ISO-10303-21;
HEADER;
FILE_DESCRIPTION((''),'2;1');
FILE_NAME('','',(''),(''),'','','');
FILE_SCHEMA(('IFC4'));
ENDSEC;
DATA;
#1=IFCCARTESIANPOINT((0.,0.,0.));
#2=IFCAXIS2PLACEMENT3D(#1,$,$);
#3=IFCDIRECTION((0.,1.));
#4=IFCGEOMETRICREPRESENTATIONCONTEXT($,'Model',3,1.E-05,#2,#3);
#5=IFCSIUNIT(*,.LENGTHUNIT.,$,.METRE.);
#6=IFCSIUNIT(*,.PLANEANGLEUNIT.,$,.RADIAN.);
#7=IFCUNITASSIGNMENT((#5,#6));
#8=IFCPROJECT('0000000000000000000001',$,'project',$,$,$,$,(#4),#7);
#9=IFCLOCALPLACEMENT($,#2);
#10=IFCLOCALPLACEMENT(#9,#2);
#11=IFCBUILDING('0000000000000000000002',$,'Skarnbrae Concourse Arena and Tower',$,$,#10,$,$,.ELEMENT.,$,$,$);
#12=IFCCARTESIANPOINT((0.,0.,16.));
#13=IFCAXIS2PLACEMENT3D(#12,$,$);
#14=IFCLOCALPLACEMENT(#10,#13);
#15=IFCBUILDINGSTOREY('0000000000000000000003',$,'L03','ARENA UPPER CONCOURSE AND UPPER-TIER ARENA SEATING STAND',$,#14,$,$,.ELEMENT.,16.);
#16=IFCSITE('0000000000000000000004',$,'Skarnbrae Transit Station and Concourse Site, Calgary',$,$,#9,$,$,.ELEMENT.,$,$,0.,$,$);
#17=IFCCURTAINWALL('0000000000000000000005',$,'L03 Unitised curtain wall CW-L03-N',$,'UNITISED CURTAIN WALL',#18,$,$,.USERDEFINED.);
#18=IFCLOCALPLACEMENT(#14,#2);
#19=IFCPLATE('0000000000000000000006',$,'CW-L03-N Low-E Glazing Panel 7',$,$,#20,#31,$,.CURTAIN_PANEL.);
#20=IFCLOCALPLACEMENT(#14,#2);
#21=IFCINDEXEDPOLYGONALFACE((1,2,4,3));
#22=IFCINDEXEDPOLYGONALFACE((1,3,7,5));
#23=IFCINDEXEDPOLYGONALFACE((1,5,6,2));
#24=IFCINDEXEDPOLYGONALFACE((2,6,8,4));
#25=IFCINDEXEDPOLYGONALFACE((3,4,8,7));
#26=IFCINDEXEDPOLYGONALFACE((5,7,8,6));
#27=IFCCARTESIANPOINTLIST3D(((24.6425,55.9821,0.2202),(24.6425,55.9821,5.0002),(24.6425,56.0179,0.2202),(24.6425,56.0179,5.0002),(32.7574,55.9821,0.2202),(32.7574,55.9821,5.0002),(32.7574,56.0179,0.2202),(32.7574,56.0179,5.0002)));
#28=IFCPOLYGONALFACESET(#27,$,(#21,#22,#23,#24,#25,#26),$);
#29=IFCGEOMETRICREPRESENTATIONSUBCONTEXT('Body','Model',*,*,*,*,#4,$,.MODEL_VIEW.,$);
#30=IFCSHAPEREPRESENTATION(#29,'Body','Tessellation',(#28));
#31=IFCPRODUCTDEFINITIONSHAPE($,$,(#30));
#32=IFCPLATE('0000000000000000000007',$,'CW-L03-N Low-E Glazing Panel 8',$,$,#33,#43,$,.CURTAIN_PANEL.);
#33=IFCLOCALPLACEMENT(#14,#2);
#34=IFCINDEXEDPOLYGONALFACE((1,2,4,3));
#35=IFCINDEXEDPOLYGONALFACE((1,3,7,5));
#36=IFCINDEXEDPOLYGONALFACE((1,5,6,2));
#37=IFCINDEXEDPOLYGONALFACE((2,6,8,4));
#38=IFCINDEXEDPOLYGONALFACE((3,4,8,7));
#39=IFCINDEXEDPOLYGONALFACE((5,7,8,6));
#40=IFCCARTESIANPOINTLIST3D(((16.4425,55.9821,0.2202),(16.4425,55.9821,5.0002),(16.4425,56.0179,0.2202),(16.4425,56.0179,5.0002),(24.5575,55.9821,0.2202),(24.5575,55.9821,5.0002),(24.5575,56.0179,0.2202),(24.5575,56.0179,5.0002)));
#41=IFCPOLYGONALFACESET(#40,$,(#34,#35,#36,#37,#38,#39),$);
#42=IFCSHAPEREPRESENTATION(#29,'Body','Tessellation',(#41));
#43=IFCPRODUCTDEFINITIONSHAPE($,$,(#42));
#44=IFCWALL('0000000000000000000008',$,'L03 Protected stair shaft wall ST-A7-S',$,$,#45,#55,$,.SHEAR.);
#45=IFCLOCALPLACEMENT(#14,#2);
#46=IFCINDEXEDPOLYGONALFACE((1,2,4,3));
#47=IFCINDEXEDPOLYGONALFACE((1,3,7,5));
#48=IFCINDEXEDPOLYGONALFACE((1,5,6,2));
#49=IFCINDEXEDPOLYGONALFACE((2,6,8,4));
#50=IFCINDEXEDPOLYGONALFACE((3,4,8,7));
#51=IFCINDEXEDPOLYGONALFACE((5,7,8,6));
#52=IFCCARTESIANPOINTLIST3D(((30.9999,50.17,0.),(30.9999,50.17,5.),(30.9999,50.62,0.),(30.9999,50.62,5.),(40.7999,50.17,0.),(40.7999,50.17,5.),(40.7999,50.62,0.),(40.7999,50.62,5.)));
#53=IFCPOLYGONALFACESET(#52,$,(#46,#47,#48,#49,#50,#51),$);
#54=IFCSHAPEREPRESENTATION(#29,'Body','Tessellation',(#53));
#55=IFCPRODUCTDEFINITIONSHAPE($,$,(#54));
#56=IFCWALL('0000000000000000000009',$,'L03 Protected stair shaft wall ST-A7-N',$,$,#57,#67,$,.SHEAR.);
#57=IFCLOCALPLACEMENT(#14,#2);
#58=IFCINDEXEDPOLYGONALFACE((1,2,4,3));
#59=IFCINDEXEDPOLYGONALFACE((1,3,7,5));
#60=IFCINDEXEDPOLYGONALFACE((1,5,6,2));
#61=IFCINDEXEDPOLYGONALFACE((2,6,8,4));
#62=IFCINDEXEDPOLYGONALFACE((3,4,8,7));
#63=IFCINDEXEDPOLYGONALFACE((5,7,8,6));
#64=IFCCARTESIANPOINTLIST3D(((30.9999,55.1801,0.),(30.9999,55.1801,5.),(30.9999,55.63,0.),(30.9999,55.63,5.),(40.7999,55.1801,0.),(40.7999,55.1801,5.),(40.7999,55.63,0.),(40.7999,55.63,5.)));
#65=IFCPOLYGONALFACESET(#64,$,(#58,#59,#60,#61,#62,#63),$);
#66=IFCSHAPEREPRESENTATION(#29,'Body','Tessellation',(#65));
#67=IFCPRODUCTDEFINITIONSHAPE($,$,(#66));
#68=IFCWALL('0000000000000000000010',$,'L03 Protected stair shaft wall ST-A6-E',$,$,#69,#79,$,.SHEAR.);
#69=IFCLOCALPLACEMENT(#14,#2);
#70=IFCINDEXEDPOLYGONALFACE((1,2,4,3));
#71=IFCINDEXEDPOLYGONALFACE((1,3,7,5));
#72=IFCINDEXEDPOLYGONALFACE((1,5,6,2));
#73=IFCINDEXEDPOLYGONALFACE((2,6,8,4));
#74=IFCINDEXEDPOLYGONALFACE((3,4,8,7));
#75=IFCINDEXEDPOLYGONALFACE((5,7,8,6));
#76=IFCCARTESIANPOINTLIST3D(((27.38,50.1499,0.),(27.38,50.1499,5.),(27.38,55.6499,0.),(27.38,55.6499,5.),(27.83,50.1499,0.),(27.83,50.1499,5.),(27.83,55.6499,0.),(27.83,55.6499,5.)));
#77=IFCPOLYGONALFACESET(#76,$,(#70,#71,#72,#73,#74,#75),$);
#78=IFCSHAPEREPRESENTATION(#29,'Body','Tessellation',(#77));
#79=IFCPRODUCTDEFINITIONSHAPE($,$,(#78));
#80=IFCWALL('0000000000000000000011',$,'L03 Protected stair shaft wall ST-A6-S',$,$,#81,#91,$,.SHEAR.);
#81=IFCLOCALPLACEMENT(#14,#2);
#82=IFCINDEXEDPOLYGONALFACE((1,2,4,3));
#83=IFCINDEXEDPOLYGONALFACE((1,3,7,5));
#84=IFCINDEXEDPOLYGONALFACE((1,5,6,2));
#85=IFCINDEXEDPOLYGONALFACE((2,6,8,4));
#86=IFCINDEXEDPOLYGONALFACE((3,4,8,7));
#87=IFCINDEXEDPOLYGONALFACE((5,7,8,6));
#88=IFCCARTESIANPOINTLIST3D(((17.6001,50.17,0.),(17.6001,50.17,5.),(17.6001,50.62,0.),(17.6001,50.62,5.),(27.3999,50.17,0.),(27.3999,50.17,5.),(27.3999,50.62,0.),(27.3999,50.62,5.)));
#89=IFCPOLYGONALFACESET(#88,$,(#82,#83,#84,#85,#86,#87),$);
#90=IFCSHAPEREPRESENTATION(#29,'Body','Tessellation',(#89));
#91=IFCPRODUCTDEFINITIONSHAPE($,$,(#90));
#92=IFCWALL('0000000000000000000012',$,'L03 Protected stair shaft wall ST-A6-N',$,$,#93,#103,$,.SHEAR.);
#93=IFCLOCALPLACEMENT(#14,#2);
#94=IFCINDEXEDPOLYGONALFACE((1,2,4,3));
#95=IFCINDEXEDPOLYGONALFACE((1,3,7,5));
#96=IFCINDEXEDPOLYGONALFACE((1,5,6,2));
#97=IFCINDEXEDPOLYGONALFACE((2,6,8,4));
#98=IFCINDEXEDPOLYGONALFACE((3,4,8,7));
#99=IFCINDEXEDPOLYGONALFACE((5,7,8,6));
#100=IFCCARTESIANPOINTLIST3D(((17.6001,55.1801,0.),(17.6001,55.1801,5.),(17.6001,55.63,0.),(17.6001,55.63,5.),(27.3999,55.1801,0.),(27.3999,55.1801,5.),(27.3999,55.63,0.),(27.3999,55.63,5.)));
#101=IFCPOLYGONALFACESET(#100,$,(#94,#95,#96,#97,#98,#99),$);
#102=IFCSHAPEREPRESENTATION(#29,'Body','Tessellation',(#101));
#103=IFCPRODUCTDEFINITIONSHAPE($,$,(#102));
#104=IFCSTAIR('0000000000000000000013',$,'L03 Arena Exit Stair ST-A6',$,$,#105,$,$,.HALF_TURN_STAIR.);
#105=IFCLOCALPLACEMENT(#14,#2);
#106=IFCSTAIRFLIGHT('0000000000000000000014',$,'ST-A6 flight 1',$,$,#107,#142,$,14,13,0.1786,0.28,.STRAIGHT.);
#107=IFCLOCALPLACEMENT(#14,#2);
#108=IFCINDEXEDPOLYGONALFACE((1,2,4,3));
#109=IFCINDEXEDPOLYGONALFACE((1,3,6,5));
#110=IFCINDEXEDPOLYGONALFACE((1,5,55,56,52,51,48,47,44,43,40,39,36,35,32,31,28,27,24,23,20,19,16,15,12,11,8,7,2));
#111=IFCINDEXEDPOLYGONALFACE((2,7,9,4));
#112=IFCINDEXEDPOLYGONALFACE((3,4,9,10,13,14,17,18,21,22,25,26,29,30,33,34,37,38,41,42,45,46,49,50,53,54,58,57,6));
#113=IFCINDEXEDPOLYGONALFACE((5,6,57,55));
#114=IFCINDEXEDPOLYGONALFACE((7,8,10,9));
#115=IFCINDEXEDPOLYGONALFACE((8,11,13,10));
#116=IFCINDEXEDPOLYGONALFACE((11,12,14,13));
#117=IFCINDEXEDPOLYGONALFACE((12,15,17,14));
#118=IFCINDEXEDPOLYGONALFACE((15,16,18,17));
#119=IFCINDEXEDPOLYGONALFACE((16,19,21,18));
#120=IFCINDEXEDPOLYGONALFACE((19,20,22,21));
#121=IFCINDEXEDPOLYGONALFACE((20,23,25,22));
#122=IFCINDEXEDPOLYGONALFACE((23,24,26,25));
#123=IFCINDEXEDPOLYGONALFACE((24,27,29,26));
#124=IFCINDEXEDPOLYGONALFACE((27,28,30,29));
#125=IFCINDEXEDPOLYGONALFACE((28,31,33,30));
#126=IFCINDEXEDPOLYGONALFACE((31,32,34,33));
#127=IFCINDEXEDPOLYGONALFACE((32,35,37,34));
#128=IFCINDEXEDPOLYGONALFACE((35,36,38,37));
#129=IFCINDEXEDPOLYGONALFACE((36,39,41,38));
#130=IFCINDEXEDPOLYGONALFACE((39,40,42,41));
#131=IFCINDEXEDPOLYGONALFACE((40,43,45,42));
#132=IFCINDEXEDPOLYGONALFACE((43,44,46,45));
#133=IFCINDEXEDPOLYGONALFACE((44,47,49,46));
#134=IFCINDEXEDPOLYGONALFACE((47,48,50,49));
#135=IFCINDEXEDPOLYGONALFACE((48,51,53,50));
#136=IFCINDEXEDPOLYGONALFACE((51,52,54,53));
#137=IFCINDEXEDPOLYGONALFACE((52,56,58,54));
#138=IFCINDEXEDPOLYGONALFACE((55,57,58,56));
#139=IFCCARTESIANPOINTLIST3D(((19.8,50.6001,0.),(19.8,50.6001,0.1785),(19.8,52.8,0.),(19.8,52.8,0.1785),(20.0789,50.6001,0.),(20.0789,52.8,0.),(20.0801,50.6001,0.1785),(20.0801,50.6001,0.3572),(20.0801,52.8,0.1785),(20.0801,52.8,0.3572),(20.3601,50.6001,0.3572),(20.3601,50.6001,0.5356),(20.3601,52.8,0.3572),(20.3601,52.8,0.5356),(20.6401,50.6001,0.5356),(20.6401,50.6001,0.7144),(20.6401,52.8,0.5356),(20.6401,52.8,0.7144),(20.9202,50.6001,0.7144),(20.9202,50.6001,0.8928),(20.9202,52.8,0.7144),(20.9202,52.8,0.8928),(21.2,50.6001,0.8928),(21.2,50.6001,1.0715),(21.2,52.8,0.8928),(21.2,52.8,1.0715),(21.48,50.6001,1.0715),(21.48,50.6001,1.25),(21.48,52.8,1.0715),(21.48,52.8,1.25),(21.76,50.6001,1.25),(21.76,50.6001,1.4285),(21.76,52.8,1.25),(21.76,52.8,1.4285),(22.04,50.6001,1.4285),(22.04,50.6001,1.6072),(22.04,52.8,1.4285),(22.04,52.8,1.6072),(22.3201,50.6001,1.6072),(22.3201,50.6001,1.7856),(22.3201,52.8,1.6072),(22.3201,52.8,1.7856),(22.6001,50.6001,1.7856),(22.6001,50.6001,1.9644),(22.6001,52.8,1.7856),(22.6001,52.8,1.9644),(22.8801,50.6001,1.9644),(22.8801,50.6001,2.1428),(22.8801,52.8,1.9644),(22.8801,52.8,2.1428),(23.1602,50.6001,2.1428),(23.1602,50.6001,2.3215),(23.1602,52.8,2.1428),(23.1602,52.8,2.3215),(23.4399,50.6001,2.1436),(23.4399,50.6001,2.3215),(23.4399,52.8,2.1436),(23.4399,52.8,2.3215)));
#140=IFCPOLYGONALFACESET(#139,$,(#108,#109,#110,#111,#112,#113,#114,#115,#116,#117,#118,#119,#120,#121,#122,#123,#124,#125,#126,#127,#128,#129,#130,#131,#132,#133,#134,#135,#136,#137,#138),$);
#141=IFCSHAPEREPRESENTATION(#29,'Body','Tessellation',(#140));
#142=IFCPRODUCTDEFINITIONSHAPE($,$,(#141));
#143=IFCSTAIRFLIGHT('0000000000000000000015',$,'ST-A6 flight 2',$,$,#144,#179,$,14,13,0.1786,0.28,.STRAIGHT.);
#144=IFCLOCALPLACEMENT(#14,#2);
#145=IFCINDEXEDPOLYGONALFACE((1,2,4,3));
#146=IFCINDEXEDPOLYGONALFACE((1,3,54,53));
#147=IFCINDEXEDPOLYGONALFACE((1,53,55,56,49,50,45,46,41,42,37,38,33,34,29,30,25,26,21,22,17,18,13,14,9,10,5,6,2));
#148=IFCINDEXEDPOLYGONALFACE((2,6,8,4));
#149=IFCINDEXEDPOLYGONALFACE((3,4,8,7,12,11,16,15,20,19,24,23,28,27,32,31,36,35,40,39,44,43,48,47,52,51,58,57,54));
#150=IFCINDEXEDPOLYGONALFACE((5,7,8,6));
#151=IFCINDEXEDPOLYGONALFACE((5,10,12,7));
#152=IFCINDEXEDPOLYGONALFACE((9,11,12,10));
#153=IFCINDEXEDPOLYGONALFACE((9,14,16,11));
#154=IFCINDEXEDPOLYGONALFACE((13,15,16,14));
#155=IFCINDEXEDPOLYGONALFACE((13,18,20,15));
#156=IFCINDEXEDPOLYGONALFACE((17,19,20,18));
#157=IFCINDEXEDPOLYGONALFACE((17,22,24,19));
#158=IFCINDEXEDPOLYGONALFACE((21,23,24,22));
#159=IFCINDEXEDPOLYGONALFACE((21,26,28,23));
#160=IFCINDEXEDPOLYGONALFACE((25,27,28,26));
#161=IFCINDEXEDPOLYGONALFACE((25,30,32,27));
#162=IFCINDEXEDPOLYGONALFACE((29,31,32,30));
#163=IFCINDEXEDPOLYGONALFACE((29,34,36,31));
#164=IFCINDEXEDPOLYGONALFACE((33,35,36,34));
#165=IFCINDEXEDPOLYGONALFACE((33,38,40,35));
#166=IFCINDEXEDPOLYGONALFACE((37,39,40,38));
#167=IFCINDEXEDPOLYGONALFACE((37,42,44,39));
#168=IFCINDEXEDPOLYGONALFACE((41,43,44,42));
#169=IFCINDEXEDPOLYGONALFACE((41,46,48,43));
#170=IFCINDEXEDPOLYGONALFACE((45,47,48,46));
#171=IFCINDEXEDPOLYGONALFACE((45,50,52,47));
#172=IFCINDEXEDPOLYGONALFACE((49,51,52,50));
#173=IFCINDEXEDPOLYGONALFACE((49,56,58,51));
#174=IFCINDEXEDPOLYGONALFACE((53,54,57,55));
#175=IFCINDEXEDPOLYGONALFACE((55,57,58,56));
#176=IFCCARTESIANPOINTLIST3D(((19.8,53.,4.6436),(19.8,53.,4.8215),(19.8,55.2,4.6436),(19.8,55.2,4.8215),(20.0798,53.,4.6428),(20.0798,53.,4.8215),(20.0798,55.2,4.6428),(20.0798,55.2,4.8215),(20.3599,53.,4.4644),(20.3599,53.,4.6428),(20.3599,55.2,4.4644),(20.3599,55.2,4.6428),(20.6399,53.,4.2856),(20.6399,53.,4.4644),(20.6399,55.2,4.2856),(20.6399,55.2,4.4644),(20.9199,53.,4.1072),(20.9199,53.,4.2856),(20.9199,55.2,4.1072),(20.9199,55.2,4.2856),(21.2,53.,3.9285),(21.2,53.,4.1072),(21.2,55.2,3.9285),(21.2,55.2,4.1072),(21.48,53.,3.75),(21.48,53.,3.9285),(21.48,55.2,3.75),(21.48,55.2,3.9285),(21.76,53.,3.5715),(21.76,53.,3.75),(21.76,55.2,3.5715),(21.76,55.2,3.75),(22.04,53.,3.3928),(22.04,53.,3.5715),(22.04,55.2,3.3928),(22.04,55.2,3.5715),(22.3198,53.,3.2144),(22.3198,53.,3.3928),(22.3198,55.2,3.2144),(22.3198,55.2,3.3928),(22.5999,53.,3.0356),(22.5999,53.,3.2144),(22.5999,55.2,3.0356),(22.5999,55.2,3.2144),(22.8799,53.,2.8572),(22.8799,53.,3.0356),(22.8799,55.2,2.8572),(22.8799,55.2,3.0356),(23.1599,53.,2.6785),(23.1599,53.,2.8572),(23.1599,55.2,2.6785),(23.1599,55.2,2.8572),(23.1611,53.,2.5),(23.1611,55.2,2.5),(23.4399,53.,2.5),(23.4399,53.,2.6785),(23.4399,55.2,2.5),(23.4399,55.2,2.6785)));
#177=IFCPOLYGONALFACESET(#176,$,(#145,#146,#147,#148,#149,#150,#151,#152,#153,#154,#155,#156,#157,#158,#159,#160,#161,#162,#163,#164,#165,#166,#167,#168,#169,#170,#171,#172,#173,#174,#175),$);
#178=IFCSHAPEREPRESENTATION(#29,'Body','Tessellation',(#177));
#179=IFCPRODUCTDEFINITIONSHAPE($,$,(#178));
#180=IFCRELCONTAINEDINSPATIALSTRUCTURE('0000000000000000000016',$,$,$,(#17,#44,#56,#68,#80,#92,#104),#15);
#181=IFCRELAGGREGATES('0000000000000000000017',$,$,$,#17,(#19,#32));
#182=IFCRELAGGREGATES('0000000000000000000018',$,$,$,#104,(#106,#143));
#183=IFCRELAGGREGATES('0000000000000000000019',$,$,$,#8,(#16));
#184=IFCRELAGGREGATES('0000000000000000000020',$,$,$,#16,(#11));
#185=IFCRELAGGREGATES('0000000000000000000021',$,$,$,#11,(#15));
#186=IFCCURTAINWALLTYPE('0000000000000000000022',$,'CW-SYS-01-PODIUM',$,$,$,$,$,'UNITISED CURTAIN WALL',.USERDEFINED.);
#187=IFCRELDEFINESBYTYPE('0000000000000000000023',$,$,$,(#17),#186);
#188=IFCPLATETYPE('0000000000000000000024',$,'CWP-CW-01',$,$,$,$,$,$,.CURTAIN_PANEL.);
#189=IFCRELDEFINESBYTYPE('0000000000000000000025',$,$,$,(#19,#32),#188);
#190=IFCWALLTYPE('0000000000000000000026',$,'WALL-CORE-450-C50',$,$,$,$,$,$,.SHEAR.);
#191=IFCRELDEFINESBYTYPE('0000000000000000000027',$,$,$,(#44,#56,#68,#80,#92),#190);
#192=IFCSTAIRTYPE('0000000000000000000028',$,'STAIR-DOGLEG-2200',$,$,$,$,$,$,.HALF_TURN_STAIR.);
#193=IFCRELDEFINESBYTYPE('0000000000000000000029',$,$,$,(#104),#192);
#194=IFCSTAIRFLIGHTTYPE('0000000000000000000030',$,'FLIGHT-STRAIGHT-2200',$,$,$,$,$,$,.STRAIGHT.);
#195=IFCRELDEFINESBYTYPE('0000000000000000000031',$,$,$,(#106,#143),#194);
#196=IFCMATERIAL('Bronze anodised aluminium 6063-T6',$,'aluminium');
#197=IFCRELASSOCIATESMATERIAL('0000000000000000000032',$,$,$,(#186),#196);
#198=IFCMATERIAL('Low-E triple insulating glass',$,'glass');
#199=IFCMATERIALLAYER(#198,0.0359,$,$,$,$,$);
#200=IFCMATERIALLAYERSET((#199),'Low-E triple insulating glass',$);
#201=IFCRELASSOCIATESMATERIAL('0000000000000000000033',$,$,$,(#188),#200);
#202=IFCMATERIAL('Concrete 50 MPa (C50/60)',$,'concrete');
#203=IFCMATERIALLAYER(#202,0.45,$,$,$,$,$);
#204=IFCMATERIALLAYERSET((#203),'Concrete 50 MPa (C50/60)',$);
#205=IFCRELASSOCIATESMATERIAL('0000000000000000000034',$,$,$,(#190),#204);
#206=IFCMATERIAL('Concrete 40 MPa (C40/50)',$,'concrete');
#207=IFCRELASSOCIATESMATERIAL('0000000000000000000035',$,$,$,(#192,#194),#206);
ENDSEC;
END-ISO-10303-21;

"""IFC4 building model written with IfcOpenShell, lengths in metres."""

from ifc_helpers import new_model, si_unit, direction, frame, frame_2d, origin, origin_2d, place, context, subcontext, project, spatial, polyline, rectangle, outline, extrude, source, transform, mapped, material, layer, layer_set, type_object, element, aggregate, save


model = new_model("IFC4")

# Units and contexts
model_context = context("Model", 3, precision=1e-05, world=origin(), true_north=direction((0.0, 1.0)))
body_context = subcontext(model_context, "Body", "Model", "MODEL_VIEW")
ifc_project = project(units=[si_unit("LENGTHUNIT", "METRE"), si_unit("PLANEANGLEUNIT", "RADIAN")], contexts=[model_context])

# Site, building, storey
site_placement = place(None, origin())
site = spatial("IfcSite", under=ifc_project, at=site_placement, Name="Skarnbrae Transit Station and Concourse Site, Calgary", CompositionType="ELEMENT", RefElevation=0.0)
building_placement = place(site_placement, origin())
building = spatial("IfcBuilding", under=site, at=building_placement, Name="Skarnbrae Concourse Arena and Tower", CompositionType="ELEMENT")
storey_placement = place(building_placement, frame((0.0, 0.0, 16.0)))
storey = spatial("IfcBuildingStorey", under=building, at=storey_placement, Name="L03", Description="ARENA UPPER CONCOURSE AND UPPER-TIER ARENA SEATING STAND", CompositionType="ELEMENT", Elevation=16.0)

# Curtain wall
ifc_material_1 = material(Name="Bronze anodised aluminium 6063-T6", Category="aluminium")
curtain_wall_type = type_object("IfcCurtainWallType", Name="CW-SYS-01-PODIUM", ElementType="UNITISED CURTAIN WALL", PredefinedType="USERDEFINED", material=ifc_material_1)
curtain_wall_placement = place(storey_placement, origin())
curtain_wall = element("IfcCurtainWall", 1, at=curtain_wall_placement, inside=storey, type_object=curtain_wall_type, Name="L03 Unitised curtain wall CW-L03-N", ObjectType="UNITISED CURTAIN WALL", PredefinedType="USERDEFINED")

# Plates
ifc_material_2 = material(Name="Low-E triple insulating glass", Category="glass")
ifc_layer_1 = layer(ifc_material_2, 0.0359)
ifc_layer_set_1 = layer_set([ifc_layer_1], Name="Low-E triple insulating glass")
plate_type = type_object("IfcPlateType", Name="CWP-CW-01", PredefinedType="CURTAIN_PANEL", material=ifc_layer_set_1)
shared_shape_1 = source(origin(), body_context, "Body", "SweptSolid", [
    extrude(rectangle(XDim=8.115, YDim=0.0359, at=origin_2d()), origin(), (0.0, 0.0, 1.0), 4.78),
])
plate_1_placement = place(storey_placement, frame((28.7, 56.0, 0.2202), z_axis=(0.0, 0.0, 1.0), x_axis=(-1.0, 0.0, 0.0)))
plate_1 = element("IfcPlate", 2, at=plate_1_placement, type_object=plate_type, Name="CW-L03-N Low-E Glazing Panel 7", PredefinedType="CURTAIN_PANEL", context=body_context, shape_type="MappedRepresentation", body=[
    mapped(shared_shape_1, transform((0.0, 0.0, 0.0))),
])
plate_2_placement = place(storey_placement, frame((20.5, 56.0, 0.2202), z_axis=(0.0, 0.0, 1.0), x_axis=(-1.0, 0.0, 0.0)))
plate_2 = element("IfcPlate", 3, at=plate_2_placement, type_object=plate_type, Name="CW-L03-N Low-E Glazing Panel 8", PredefinedType="CURTAIN_PANEL", context=body_context, shape_type="MappedRepresentation", body=[
    mapped(shared_shape_1, transform((0.0, 0.0, 0.0))),
])
aggregate(curtain_wall, [plate_1, plate_2])

# Walls
ifc_material_3 = material(Name="Concrete 50 MPa (C50/60)", Category="concrete")
ifc_layer_2 = layer(ifc_material_3, 0.45)
ifc_layer_set_2 = layer_set([ifc_layer_2], Name="Concrete 50 MPa (C50/60)")
wall_type_1 = type_object("IfcWallType", Name="WALL-CORE-450-C50", PredefinedType="SHEAR", material=ifc_layer_set_2)
shared_shape_2 = source(origin(), body_context, "Body", "SweptSolid", [
    extrude(rectangle(XDim=9.8, YDim=0.45, at=frame_2d((4.8999, 0.0))), origin(), (0.0, 0.0, 1.0), 5.0),
])
for number, where, z_axis, x_axis, name in (
    (4, (31.0, 50.395, 0.0), (0.0, 0.0, 1.0), (1.0, 0.0, 0.0), "L03 Protected stair shaft wall ST-A7-S"),
    (5, (31.0, 55.405, 0.0), (0.0, 0.0, 1.0), (1.0, 0.0, 0.0), "L03 Protected stair shaft wall ST-A7-N"),
):
    element("IfcWall", number, at=place(storey_placement, frame(where, z_axis=z_axis, x_axis=x_axis)), inside=storey, type_object=wall_type_1, Name=name, PredefinedType="SHEAR", context=body_context, shape_type="MappedRepresentation", body=[
        mapped(shared_shape_2, transform((0.0, 0.0, 0.0))),
    ])

# Shared definitions
shared_shape_3 = source(origin(), body_context, "Body", "SweptSolid", [
    extrude(rectangle(XDim=5.5, YDim=0.45, at=frame_2d((2.75, 0.0))), origin(), (0.0, 0.0, 1.0), 5.0),
])

# Wall
wall_1_placement = place(storey_placement, frame((27.605, 50.1499, 0.0), z_axis=(0.0, 0.0, 1.0), x_axis=(0.0, 1.0, 0.0)))
element("IfcWall", 6, at=wall_1_placement, inside=storey, type_object=wall_type_1, Name="L03 Protected stair shaft wall ST-A6-E", PredefinedType="SHEAR", context=body_context, shape_type="MappedRepresentation", body=[
    mapped(shared_shape_3, transform((0.0, 0.0, 0.0))),
])

# Walls
shared_shape_4 = source(origin(), body_context, "Body", "SweptSolid", [
    extrude(rectangle(XDim=9.7998, YDim=0.45, at=frame_2d((4.8999, 0.0))), origin(), (0.0, 0.0, 1.0), 5.0),
])
for number, where, z_axis, x_axis, name in (
    (7, (17.6001, 50.395, 0.0), (0.0, 0.0, 1.0), (1.0, 0.0, 0.0), "L03 Protected stair shaft wall ST-A6-S"),
    (8, (17.6001, 55.405, 0.0), (0.0, 0.0, 1.0), (1.0, 0.0, 0.0), "L03 Protected stair shaft wall ST-A6-N"),
):
    element("IfcWall", number, at=place(storey_placement, frame(where, z_axis=z_axis, x_axis=x_axis)), inside=storey, type_object=wall_type_1, Name=name, PredefinedType="SHEAR", context=body_context, shape_type="MappedRepresentation", body=[
        mapped(shared_shape_4, transform((0.0, 0.0, 0.0))),
    ])

# Stair, stair flights
ifc_material_4 = material(Name="Concrete 40 MPa (C40/50)", Category="concrete")
stair_type = type_object("IfcStairType", Name="STAIR-DOGLEG-2200", PredefinedType="HALF_TURN_STAIR", material=ifc_material_4)
stair_placement = place(storey_placement, origin())
stair = element("IfcStair", 9, at=stair_placement, inside=storey, type_object=stair_type, Name="L03 Arena Exit Stair ST-A6", PredefinedType="HALF_TURN_STAIR")
stair_flight_type = type_object("IfcStairFlightType", Name="FLIGHT-STRAIGHT-2200", PredefinedType="STRAIGHT", material=ifc_material_4)
shared_shape_5 = source(origin(), body_context, "Body", "SweptSolid", [
    extrude(outline(polyline([(0.0, 0.0), (0.0, 0.1785), (0.28, 0.1785), (0.28, 0.3572), (0.5601, 0.3572), (0.5601, 0.5356), (0.8401, 0.5356), (0.8401, 0.7144), (1.1201, 0.7144), (1.1201, 0.8928), (1.3999, 0.8928), (1.3999, 1.0715), (1.6799, 1.0715), (1.6799, 1.25), (1.96, 1.25), (1.96, 1.4285), (2.24, 1.4285), (2.24, 1.6072), (2.52, 1.6072), (2.52, 1.7856), (2.8, 1.7856), (2.8, 1.9644), (3.0801, 1.9644), (3.0801, 2.1428), (3.3601, 2.1428), (3.3601, 2.3215), (3.6399, 2.3215), (3.6399, 2.5), (3.6399, 2.1436), (0.2788, 0.0), (0.0, 0.0)])), frame((0.0, 1.1001, 0.0), z_axis=(0.0, -1.0, 0.0), x_axis=(1.0, 0.0, 0.0)), (0.0, 0.0, 1.0), 2.2),
])
stair_flight_1_placement = place(storey_placement, frame((19.8, 51.7, 0.0), z_axis=(0.0, 0.0, 1.0), x_axis=(1.0, 0.0, 0.0)))
stair_flight_1 = element("IfcStairFlight", 10, at=stair_flight_1_placement, type_object=stair_flight_type, Name="ST-A6 flight 1", NumberOfRisers=14, NumberOfTreads=13, PredefinedType="STRAIGHT", RiserHeight=0.1786, TreadLength=0.28, context=body_context, shape_type="MappedRepresentation", body=[
    mapped(shared_shape_5, transform((0.0, 0.0, 0.0))),
])
stair_flight_2_placement = place(storey_placement, frame((23.4399, 54.1001, 2.5), z_axis=(0.0, 0.0, 1.0), x_axis=(-1.0, 0.0, 0.0)))
stair_flight_2 = element("IfcStairFlight", 11, at=stair_flight_2_placement, type_object=stair_flight_type, Name="ST-A6 flight 2", NumberOfRisers=14, NumberOfTreads=13, PredefinedType="STRAIGHT", RiserHeight=0.1786, TreadLength=0.28, context=body_context, shape_type="MappedRepresentation", body=[
    mapped(shared_shape_5, transform((0.0, 0.0, 0.0))),
])
aggregate(stair, [stair_flight_1, stair_flight_2])

save(model, "model.ifc")
